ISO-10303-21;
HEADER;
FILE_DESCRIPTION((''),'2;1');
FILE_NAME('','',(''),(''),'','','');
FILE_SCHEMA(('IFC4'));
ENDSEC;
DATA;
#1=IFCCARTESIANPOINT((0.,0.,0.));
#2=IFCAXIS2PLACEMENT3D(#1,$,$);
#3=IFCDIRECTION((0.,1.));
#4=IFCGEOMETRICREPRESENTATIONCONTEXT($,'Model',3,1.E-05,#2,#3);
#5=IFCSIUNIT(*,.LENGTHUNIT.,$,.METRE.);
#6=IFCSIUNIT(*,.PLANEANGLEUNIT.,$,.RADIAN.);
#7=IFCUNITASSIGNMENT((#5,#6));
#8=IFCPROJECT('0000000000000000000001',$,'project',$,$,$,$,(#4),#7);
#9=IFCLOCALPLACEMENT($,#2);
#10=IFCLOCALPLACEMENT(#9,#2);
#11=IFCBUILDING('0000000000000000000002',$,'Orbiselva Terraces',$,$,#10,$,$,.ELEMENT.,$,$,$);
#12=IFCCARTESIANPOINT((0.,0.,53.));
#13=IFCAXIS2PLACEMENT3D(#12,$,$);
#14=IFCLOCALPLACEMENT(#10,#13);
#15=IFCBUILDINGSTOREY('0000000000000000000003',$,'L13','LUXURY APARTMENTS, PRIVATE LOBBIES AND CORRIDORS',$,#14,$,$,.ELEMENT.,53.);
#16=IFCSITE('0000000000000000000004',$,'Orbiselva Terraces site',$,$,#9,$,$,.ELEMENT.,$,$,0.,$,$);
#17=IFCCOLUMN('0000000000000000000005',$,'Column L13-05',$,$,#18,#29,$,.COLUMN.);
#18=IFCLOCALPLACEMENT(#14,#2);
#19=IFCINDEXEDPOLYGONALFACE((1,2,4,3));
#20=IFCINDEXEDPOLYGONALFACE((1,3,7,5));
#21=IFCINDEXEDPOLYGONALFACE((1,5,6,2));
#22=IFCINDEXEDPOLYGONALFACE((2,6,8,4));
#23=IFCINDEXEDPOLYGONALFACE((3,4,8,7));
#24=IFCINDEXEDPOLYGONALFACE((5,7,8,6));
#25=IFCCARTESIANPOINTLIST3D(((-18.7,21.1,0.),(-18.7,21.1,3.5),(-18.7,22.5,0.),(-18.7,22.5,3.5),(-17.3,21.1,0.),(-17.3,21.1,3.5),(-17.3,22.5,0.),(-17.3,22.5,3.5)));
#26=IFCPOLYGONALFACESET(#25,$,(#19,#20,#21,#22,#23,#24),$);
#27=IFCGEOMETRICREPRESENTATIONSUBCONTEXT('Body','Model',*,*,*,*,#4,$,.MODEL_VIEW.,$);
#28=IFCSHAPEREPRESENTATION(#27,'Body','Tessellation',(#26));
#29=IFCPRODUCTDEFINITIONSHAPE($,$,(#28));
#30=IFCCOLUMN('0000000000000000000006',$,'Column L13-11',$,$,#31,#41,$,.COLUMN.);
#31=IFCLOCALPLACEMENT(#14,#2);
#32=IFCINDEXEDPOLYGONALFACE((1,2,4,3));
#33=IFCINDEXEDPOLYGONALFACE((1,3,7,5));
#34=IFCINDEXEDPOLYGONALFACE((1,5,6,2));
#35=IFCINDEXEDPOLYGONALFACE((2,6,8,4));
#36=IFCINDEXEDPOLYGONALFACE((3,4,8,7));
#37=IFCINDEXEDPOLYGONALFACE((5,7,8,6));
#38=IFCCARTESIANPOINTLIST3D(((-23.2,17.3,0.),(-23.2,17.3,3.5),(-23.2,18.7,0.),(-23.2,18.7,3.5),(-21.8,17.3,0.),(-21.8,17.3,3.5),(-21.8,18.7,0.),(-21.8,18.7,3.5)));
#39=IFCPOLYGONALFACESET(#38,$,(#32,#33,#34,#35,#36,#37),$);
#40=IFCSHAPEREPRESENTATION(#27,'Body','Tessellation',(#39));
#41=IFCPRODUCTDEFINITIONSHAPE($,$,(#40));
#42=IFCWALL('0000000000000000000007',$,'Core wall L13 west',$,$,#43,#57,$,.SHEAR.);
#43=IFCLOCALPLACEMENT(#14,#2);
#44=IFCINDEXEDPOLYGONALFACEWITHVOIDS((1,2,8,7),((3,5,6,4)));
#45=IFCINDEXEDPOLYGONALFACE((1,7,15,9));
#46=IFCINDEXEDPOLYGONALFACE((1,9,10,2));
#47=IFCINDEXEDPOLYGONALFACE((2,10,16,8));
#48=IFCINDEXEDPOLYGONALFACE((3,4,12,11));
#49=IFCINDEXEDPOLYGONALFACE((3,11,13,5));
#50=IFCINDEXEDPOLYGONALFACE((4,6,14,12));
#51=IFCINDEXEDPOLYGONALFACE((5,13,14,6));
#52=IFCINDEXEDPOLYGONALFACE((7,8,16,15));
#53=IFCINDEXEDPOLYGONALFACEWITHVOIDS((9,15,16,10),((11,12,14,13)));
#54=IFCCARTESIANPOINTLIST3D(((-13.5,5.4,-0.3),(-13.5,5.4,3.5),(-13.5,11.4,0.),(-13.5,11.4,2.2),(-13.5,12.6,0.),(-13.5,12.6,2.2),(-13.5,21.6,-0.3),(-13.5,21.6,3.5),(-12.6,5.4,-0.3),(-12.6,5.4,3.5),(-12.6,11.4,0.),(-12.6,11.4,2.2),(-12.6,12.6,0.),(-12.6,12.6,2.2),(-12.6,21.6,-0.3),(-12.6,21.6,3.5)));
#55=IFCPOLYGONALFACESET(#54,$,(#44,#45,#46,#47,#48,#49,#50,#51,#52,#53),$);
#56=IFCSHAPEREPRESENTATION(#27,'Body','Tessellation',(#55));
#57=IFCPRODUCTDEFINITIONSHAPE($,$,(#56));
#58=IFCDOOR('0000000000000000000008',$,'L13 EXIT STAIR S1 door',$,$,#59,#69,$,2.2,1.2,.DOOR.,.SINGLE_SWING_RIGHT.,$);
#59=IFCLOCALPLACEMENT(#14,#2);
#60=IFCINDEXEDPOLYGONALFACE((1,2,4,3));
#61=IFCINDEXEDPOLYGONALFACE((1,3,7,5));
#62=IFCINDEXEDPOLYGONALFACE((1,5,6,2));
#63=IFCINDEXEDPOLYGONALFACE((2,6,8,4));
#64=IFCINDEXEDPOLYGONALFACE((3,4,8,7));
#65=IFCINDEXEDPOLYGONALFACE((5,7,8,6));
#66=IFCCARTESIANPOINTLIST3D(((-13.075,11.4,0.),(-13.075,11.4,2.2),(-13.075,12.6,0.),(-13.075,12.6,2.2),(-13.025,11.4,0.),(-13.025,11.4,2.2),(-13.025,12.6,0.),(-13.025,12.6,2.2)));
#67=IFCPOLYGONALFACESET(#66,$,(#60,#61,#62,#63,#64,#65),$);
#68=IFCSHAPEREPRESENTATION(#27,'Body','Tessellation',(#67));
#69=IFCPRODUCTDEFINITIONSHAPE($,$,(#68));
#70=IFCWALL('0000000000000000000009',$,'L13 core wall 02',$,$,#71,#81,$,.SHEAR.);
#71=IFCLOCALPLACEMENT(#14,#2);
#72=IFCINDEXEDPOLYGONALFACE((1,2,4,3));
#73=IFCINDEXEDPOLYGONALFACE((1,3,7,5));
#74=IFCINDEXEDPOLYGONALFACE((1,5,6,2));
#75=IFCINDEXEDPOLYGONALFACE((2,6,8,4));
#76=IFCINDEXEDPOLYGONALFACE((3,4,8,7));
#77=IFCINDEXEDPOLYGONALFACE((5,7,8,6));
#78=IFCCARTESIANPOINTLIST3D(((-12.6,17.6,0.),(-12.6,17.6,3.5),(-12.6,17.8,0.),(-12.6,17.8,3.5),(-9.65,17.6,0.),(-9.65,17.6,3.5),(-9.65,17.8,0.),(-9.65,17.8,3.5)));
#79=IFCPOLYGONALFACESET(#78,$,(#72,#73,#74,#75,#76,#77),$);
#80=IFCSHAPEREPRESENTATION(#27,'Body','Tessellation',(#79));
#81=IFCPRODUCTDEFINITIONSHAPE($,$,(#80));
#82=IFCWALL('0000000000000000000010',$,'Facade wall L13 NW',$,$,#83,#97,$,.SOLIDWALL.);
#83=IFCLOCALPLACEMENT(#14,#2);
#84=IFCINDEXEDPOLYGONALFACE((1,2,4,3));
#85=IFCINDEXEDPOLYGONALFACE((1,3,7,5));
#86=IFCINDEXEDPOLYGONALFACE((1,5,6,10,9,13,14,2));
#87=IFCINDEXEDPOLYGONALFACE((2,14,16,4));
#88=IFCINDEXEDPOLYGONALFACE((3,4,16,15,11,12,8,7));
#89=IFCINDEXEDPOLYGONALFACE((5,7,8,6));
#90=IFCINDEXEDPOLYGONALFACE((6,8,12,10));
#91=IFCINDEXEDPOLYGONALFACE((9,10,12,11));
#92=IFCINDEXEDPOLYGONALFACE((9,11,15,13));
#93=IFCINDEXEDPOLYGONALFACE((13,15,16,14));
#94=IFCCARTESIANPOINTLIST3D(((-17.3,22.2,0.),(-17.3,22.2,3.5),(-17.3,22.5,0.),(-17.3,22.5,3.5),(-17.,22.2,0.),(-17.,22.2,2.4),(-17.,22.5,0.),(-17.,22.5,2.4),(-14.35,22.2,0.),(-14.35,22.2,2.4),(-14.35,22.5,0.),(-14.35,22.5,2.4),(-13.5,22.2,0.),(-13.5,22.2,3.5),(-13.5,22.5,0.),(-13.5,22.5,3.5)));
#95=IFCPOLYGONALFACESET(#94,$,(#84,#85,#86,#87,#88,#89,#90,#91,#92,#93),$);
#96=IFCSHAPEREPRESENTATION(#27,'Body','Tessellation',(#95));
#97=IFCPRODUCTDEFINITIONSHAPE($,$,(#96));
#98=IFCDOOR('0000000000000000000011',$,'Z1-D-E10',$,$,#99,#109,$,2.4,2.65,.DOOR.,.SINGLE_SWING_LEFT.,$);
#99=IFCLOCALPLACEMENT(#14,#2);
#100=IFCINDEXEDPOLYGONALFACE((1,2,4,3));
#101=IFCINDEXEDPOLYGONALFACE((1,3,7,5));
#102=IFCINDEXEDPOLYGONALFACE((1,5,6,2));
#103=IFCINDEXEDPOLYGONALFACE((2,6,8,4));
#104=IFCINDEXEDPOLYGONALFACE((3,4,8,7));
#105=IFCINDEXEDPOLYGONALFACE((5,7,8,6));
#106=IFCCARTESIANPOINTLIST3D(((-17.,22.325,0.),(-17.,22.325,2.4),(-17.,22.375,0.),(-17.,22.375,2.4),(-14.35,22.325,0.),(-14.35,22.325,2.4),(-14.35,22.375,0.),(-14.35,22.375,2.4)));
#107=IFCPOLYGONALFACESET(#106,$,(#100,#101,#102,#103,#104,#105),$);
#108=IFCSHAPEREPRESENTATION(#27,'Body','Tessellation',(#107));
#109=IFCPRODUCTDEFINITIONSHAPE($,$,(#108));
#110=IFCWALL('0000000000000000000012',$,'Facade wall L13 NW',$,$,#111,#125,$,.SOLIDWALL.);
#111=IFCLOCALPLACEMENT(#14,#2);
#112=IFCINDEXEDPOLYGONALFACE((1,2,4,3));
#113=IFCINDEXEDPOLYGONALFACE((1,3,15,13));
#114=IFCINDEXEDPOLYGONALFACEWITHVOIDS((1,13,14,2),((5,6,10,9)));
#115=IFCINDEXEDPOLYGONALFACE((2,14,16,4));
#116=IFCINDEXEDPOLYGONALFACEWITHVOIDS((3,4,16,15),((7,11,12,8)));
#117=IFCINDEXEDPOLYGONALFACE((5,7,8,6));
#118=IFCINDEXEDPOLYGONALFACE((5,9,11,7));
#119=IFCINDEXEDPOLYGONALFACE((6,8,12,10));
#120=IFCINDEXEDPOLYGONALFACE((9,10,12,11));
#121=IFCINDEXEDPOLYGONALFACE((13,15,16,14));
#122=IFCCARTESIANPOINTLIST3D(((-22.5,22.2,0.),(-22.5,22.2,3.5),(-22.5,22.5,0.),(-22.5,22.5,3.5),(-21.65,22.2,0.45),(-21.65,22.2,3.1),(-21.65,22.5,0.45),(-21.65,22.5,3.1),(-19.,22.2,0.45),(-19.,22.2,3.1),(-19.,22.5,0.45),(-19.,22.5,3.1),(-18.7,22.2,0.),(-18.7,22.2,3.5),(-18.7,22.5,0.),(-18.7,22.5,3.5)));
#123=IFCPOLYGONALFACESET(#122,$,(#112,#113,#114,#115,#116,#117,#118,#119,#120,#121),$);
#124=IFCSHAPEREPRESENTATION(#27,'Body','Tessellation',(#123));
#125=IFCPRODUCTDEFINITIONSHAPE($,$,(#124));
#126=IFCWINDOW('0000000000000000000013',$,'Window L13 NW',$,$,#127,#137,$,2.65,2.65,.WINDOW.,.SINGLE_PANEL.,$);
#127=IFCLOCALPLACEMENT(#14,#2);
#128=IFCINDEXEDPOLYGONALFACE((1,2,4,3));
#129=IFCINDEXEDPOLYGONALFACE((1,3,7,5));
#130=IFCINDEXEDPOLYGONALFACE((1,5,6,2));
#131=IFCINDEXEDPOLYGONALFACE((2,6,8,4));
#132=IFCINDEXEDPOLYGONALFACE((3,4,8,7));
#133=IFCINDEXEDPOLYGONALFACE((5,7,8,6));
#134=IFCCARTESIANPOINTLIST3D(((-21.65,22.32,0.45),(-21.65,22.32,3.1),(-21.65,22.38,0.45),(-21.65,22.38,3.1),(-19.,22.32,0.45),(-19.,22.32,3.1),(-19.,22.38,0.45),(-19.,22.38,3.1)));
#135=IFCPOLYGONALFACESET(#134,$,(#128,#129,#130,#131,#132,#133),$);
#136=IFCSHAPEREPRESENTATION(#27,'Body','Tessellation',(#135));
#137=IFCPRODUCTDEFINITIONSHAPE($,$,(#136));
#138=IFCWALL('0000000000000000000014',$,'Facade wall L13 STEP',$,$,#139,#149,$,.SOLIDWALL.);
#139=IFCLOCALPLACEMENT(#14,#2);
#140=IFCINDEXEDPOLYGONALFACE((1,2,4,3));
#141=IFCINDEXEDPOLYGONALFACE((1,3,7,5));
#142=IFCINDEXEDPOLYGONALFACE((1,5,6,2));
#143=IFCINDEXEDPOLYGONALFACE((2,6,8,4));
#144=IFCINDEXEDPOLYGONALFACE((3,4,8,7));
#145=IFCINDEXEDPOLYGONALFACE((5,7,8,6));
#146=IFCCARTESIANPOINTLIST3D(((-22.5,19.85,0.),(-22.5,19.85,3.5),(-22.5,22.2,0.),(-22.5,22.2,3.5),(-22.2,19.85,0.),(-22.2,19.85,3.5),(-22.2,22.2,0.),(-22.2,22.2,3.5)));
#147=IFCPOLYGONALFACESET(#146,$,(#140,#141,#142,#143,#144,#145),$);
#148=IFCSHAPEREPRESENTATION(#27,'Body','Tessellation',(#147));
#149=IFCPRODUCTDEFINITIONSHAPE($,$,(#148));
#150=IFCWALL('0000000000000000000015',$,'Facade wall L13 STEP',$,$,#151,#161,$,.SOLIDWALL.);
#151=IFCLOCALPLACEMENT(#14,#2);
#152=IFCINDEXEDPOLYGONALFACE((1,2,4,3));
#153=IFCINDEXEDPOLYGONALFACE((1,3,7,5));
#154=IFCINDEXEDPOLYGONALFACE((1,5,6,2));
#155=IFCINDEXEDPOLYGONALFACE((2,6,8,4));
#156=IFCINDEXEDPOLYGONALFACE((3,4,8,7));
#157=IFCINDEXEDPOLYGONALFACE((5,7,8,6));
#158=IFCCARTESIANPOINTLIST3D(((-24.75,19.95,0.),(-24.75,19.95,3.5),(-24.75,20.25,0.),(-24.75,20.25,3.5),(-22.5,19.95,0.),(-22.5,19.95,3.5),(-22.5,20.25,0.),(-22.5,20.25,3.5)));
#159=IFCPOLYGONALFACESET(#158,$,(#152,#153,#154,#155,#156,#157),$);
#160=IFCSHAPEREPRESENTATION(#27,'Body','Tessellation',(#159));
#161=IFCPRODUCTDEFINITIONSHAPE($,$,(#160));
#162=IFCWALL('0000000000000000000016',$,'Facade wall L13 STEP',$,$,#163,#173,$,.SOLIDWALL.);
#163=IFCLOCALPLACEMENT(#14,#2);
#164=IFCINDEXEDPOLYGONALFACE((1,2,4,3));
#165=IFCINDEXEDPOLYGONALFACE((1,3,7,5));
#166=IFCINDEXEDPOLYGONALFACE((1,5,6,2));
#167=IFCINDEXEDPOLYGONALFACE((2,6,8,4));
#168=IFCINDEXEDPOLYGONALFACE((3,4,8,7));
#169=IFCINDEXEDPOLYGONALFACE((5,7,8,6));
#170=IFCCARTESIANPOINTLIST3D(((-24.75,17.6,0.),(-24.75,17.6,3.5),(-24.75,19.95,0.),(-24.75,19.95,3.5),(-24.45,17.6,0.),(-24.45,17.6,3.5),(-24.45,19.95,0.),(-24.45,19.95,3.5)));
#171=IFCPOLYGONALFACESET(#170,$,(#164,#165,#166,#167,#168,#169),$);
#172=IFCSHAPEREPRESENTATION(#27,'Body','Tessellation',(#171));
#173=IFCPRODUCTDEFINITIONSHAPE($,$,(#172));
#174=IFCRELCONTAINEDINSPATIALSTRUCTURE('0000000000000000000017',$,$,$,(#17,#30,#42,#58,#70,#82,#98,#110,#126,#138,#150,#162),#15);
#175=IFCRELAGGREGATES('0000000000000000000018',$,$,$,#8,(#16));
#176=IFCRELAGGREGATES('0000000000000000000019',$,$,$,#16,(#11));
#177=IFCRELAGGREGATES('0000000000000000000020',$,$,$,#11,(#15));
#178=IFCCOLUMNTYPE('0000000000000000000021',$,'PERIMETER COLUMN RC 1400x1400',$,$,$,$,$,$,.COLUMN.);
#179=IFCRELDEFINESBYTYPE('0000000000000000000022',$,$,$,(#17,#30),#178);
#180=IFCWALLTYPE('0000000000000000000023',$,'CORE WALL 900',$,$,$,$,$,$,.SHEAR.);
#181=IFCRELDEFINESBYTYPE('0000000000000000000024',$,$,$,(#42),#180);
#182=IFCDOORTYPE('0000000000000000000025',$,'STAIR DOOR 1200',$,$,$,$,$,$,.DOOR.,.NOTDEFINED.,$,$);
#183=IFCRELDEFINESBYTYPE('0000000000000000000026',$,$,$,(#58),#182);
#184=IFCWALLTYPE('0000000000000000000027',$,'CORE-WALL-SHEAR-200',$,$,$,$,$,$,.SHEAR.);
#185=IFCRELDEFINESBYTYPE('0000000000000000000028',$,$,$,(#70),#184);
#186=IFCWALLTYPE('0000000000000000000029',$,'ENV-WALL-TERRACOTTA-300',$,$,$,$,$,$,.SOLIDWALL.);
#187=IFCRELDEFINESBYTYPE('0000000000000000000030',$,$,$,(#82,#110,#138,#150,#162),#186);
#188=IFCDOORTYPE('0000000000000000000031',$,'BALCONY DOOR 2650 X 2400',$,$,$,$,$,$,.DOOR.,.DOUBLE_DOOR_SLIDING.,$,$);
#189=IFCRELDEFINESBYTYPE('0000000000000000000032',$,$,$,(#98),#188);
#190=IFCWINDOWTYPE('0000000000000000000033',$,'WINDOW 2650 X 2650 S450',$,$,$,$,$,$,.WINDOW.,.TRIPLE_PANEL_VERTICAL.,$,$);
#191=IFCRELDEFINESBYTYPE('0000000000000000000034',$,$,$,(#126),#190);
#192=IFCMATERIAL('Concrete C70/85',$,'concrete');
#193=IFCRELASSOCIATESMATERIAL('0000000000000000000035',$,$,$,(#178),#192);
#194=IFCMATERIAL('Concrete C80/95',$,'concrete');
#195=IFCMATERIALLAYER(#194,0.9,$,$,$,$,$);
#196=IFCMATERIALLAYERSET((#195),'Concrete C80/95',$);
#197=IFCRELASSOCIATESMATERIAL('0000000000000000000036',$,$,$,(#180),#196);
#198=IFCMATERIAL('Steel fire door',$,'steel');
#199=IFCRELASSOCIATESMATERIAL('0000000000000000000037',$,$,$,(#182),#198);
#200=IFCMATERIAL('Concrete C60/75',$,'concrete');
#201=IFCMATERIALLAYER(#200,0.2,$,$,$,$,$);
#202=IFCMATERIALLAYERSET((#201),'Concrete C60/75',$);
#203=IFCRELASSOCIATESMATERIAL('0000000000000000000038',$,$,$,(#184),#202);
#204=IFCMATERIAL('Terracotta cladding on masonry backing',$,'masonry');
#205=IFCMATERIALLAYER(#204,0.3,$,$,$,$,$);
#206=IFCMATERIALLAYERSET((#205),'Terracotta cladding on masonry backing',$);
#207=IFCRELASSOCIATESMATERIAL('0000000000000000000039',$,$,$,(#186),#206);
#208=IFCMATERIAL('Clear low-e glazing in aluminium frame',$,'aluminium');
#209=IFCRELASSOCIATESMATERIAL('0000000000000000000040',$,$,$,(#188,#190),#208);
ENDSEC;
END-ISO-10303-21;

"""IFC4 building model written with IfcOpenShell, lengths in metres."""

from ifc_helpers import new_model, si_unit, direction, frame, frame_2d, origin, origin_2d, place, context, subcontext, project, spatial, rectangle, extrude, material, layer, layer_set, material_profile, profile_set, type_object, element, fill, save


model = new_model("IFC4")

# Units and contexts
model_context = context("Model", 3, precision=1e-05, world=origin(), true_north=direction((0.0, 1.0)))
body_context = subcontext(model_context, "Body", "Model", "MODEL_VIEW")
ifc_project = project(units=[si_unit("LENGTHUNIT", "METRE"), si_unit("PLANEANGLEUNIT", "RADIAN")], contexts=[model_context])

# Site, building, storey
site_placement = place(None, origin())
site = spatial("IfcSite", under=ifc_project, at=site_placement, Name="Orbiselva Terraces site", CompositionType="ELEMENT", RefElevation=0.0)
building_placement = place(site_placement, origin())
building = spatial("IfcBuilding", under=site, at=building_placement, Name="Orbiselva Terraces", CompositionType="ELEMENT")
storey_placement = place(building_placement, frame((0.0, 0.0, 53.0)))
storey = spatial("IfcBuildingStorey", under=building, at=storey_placement, Name="L13", Description="LUXURY APARTMENTS, PRIVATE LOBBIES AND CORRIDORS", CompositionType="ELEMENT", Elevation=53.0)

# Columns
ifc_material_1 = material(Name="Concrete C70/85", Category="concrete")
ifc_material_profile = material_profile(ifc_material_1, rectangle(XDim=1.4, YDim=1.4, at=origin_2d()), Name="RC 1400x1400")
ifc_profile_set = profile_set([ifc_material_profile], Name="Concrete C70/85")
column_type = type_object("IfcColumnType", Name="PERIMETER COLUMN RC 1400x1400", PredefinedType="COLUMN", material=ifc_profile_set)
for number, where, z_axis, x_axis, name in (
    (1, (-18.0, 21.8, 0.0), (0.0, 0.0, 1.0), (1.0, 0.0, 0.0), "Column L13-05"),
    (2, (-22.5, 18.0, 0.0), (0.0, 0.0, 1.0), (1.0, 0.0, 0.0), "Column L13-11"),
):
    element("IfcColumn", number, at=place(storey_placement, frame(where, z_axis=z_axis, x_axis=x_axis)), inside=storey, type_object=column_type, Name=name, PredefinedType="COLUMN", context=body_context, shape_type="SweptSolid", body=[
        extrude(rectangle(XDim=1.4, YDim=1.4, at=origin_2d()), origin(), (0.0, 0.0, 1.0), 3.5),
    ])

# Wall, opening, door
ifc_material_2 = material(Name="Concrete C80/95", Category="concrete")
ifc_layer_1 = layer(ifc_material_2, 0.9)
ifc_layer_set_1 = layer_set([ifc_layer_1], Name="Concrete C80/95")
wall_type_1 = type_object("IfcWallType", Name="CORE WALL 900", PredefinedType="SHEAR", material=ifc_layer_set_1)
wall_1_placement = place(storey_placement, frame((-13.05, 21.6, -0.3), z_axis=(0.0, 0.0, 1.0), x_axis=(0.0, -1.0, 0.0)))
wall_1 = element("IfcWall", 3, at=wall_1_placement, inside=storey, type_object=wall_type_1, Name="Core wall L13 west", PredefinedType="SHEAR", context=body_context, shape_type="SweptSolid", body=[
    extrude(rectangle(XDim=16.2, YDim=0.9, at=frame_2d((8.1, 0.0))), origin(), (0.0, 0.0, 1.0), 3.8),
])
opening_1_placement = place(wall_1_placement, frame((9.0, 0.0, 0.3)))
opening_1 = element("IfcOpeningElement", 4, at=opening_1_placement, cuts=wall_1, PredefinedType="OPENING", context=body_context, shape_type="SweptSolid", body=[
    extrude(rectangle(XDim=1.2, YDim=2.2, at=frame_2d((0.6, 1.1))), frame((0.0, 0.46, 0.0), z_axis=(0.0, -1.0, 0.0), x_axis=(1.0, 0.0, 0.0)), (0.0, 0.0, 1.0), 0.92),
])
ifc_material_3 = material(Name="Steel fire door", Category="steel")
door_type_1 = type_object("IfcDoorType", Name="STAIR DOOR 1200", OperationType="NOTDEFINED", PredefinedType="DOOR", material=ifc_material_3)
door_1_placement = place(opening_1_placement, frame((1.2, 0.0, 0.0), z_axis=(0.0, 0.0, 1.0), x_axis=(-1.0, 0.0, 0.0)))
door_1 = element("IfcDoor", 5, at=door_1_placement, inside=storey, type_object=door_type_1, Name="L13 EXIT STAIR S1 door", OperationType="SINGLE_SWING_RIGHT", OverallHeight=2.2, OverallWidth=1.2, PredefinedType="DOOR", context=body_context, shape_type="SweptSolid", body=[
    extrude(rectangle(XDim=1.2, YDim=2.2, at=frame_2d((0.6, 1.1))), frame((0.0, 0.025, 0.0), z_axis=(0.0, -1.0, 0.0), x_axis=(1.0, 0.0, 0.0)), (0.0, 0.0, 1.0), 0.05),
])
fill(opening_1, door_1)

# Wall
ifc_material_4 = material(Name="Concrete C60/75", Category="concrete")
ifc_layer_2 = layer(ifc_material_4, 0.2)
ifc_layer_set_2 = layer_set([ifc_layer_2], Name="Concrete C60/75")
wall_type_2 = type_object("IfcWallType", Name="CORE-WALL-SHEAR-200", PredefinedType="SHEAR", material=ifc_layer_set_2)
wall_2_placement = place(storey_placement, frame((-12.6, 17.7, 0.0), z_axis=(0.0, 0.0, 1.0), x_axis=(1.0, 0.0, 0.0)))
element("IfcWall", 6, at=wall_2_placement, inside=storey, type_object=wall_type_2, Name="L13 core wall 02", PredefinedType="SHEAR", context=body_context, shape_type="SweptSolid", body=[
    extrude(rectangle(XDim=2.95, YDim=0.2, at=frame_2d((1.475, 0.0))), origin(), (0.0, 0.0, 1.0), 3.5),
])

# Wall, opening, door
ifc_material_5 = material(Name="Terracotta cladding on masonry backing", Category="masonry")
ifc_layer_3 = layer(ifc_material_5, 0.3)
ifc_layer_set_3 = layer_set([ifc_layer_3], Name="Terracotta cladding on masonry backing")
wall_type_3 = type_object("IfcWallType", Name="ENV-WALL-TERRACOTTA-300", PredefinedType="SOLIDWALL", material=ifc_layer_set_3)
wall_3_placement = place(storey_placement, frame((-17.3, 22.35, 0.0), z_axis=(0.0, 0.0, 1.0), x_axis=(1.0, 0.0, 0.0)))
wall_3 = element("IfcWall", 7, at=wall_3_placement, inside=storey, type_object=wall_type_3, Name="Facade wall L13 NW", PredefinedType="SOLIDWALL", context=body_context, shape_type="SweptSolid", body=[
    extrude(rectangle(XDim=3.8, YDim=0.3, at=frame_2d((1.9, 0.0))), origin(), (0.0, 0.0, 1.0), 3.5),
])
opening_2_placement = place(wall_3_placement, frame((0.3, 0.0, 0.0)))
opening_2 = element("IfcOpeningElement", 8, at=opening_2_placement, cuts=wall_3, PredefinedType="OPENING", context=body_context, shape_type="SweptSolid", body=[
    extrude(rectangle(XDim=2.65, YDim=2.4, at=frame_2d((1.325, 1.2))), frame((0.0, 0.16, 0.0), z_axis=(0.0, -1.0, 0.0), x_axis=(1.0, 0.0, 0.0)), (0.0, 0.0, 1.0), 0.32),
])
ifc_material_6 = material(Name="Clear low-e glazing in aluminium frame", Category="aluminium")
door_type_2 = type_object("IfcDoorType", Name="BALCONY DOOR 2650 X 2400", OperationType="DOUBLE_DOOR_SLIDING", PredefinedType="DOOR", material=ifc_material_6)
door_2_placement = place(opening_2_placement, origin())
door_2 = element("IfcDoor", 9, at=door_2_placement, inside=storey, type_object=door_type_2, Name="Z1-D-E10", OperationType="SINGLE_SWING_LEFT", OverallHeight=2.4, OverallWidth=2.65, PredefinedType="DOOR", context=body_context, shape_type="SweptSolid", body=[
    extrude(rectangle(XDim=2.65, YDim=2.4, at=frame_2d((1.325, 1.2))), frame((0.0, 0.025, 0.0), z_axis=(0.0, -1.0, 0.0), x_axis=(1.0, 0.0, 0.0)), (0.0, 0.0, 1.0), 0.05),
])
fill(opening_2, door_2)

# Wall, opening, window
wall_4_placement = place(storey_placement, frame((-22.5, 22.35, 0.0), z_axis=(0.0, 0.0, 1.0), x_axis=(1.0, 0.0, 0.0)))
wall_4 = element("IfcWall", 10, at=wall_4_placement, inside=storey, type_object=wall_type_3, Name="Facade wall L13 NW", PredefinedType="SOLIDWALL", context=body_context, shape_type="SweptSolid", body=[
    extrude(rectangle(XDim=3.8, YDim=0.3, at=frame_2d((1.9, 0.0))), origin(), (0.0, 0.0, 1.0), 3.5),
])
opening_3_placement = place(wall_4_placement, frame((0.85, 0.0, 0.45)))
opening_3 = element("IfcOpeningElement", 11, at=opening_3_placement, cuts=wall_4, PredefinedType="OPENING", context=body_context, shape_type="SweptSolid", body=[
    extrude(rectangle(XDim=2.65, YDim=2.65, at=frame_2d((1.325, 1.325))), frame((0.0, 0.16, 0.0), z_axis=(0.0, -1.0, 0.0), x_axis=(1.0, 0.0, 0.0)), (0.0, 0.0, 1.0), 0.32),
])
window_type = type_object("IfcWindowType", Name="WINDOW 2650 X 2650 S450", PartitioningType="TRIPLE_PANEL_VERTICAL", PredefinedType="WINDOW", material=ifc_material_6)
window_placement = place(opening_3_placement, origin())
window = element("IfcWindow", 12, at=window_placement, inside=storey, type_object=window_type, Name="Window L13 NW", OverallHeight=2.65, OverallWidth=2.65, PartitioningType="SINGLE_PANEL", PredefinedType="WINDOW", context=body_context, shape_type="SweptSolid", body=[
    extrude(rectangle(XDim=2.65, YDim=2.65, at=frame_2d((1.325, 1.325))), frame((0.0, 0.03, 0.0), z_axis=(0.0, -1.0, 0.0), x_axis=(1.0, 0.0, 0.0)), (0.0, 0.0, 1.0), 0.06),
])
fill(opening_3, window)

# Walls
wall_5_placement = place(storey_placement, frame((-22.35, 19.85, 0.0), z_axis=(0.0, 0.0, 1.0), x_axis=(0.0, 1.0, 0.0)))
element("IfcWall", 13, at=wall_5_placement, inside=storey, type_object=wall_type_3, Name="Facade wall L13 STEP", PredefinedType="SOLIDWALL", context=body_context, shape_type="SweptSolid", body=[
    extrude(rectangle(XDim=2.35, YDim=0.3, at=frame_2d((1.175, 0.0))), origin(), (0.0, 0.0, 1.0), 3.5),
])
wall_6_placement = place(storey_placement, frame((-24.75, 20.1, 0.0), z_axis=(0.0, 0.0, 1.0), x_axis=(1.0, 0.0, 0.0)))
element("IfcWall", 14, at=wall_6_placement, inside=storey, type_object=wall_type_3, Name="Facade wall L13 STEP", PredefinedType="SOLIDWALL", context=body_context, shape_type="SweptSolid", body=[
    extrude(rectangle(XDim=2.25, YDim=0.3, at=frame_2d((1.125, 0.0))), origin(), (0.0, 0.0, 1.0), 3.5),
])
wall_7_placement = place(storey_placement, frame((-24.6, 17.6, 0.0), z_axis=(0.0, 0.0, 1.0), x_axis=(0.0, 1.0, 0.0)))
element("IfcWall", 15, at=wall_7_placement, inside=storey, type_object=wall_type_3, Name="Facade wall L13 STEP", PredefinedType="SOLIDWALL", context=body_context, shape_type="SweptSolid", body=[
    extrude(rectangle(XDim=2.35, YDim=0.3, at=frame_2d((1.175, 0.0))), origin(), (0.0, 0.0, 1.0), 3.5),
])

save(model, "model.ifc")
